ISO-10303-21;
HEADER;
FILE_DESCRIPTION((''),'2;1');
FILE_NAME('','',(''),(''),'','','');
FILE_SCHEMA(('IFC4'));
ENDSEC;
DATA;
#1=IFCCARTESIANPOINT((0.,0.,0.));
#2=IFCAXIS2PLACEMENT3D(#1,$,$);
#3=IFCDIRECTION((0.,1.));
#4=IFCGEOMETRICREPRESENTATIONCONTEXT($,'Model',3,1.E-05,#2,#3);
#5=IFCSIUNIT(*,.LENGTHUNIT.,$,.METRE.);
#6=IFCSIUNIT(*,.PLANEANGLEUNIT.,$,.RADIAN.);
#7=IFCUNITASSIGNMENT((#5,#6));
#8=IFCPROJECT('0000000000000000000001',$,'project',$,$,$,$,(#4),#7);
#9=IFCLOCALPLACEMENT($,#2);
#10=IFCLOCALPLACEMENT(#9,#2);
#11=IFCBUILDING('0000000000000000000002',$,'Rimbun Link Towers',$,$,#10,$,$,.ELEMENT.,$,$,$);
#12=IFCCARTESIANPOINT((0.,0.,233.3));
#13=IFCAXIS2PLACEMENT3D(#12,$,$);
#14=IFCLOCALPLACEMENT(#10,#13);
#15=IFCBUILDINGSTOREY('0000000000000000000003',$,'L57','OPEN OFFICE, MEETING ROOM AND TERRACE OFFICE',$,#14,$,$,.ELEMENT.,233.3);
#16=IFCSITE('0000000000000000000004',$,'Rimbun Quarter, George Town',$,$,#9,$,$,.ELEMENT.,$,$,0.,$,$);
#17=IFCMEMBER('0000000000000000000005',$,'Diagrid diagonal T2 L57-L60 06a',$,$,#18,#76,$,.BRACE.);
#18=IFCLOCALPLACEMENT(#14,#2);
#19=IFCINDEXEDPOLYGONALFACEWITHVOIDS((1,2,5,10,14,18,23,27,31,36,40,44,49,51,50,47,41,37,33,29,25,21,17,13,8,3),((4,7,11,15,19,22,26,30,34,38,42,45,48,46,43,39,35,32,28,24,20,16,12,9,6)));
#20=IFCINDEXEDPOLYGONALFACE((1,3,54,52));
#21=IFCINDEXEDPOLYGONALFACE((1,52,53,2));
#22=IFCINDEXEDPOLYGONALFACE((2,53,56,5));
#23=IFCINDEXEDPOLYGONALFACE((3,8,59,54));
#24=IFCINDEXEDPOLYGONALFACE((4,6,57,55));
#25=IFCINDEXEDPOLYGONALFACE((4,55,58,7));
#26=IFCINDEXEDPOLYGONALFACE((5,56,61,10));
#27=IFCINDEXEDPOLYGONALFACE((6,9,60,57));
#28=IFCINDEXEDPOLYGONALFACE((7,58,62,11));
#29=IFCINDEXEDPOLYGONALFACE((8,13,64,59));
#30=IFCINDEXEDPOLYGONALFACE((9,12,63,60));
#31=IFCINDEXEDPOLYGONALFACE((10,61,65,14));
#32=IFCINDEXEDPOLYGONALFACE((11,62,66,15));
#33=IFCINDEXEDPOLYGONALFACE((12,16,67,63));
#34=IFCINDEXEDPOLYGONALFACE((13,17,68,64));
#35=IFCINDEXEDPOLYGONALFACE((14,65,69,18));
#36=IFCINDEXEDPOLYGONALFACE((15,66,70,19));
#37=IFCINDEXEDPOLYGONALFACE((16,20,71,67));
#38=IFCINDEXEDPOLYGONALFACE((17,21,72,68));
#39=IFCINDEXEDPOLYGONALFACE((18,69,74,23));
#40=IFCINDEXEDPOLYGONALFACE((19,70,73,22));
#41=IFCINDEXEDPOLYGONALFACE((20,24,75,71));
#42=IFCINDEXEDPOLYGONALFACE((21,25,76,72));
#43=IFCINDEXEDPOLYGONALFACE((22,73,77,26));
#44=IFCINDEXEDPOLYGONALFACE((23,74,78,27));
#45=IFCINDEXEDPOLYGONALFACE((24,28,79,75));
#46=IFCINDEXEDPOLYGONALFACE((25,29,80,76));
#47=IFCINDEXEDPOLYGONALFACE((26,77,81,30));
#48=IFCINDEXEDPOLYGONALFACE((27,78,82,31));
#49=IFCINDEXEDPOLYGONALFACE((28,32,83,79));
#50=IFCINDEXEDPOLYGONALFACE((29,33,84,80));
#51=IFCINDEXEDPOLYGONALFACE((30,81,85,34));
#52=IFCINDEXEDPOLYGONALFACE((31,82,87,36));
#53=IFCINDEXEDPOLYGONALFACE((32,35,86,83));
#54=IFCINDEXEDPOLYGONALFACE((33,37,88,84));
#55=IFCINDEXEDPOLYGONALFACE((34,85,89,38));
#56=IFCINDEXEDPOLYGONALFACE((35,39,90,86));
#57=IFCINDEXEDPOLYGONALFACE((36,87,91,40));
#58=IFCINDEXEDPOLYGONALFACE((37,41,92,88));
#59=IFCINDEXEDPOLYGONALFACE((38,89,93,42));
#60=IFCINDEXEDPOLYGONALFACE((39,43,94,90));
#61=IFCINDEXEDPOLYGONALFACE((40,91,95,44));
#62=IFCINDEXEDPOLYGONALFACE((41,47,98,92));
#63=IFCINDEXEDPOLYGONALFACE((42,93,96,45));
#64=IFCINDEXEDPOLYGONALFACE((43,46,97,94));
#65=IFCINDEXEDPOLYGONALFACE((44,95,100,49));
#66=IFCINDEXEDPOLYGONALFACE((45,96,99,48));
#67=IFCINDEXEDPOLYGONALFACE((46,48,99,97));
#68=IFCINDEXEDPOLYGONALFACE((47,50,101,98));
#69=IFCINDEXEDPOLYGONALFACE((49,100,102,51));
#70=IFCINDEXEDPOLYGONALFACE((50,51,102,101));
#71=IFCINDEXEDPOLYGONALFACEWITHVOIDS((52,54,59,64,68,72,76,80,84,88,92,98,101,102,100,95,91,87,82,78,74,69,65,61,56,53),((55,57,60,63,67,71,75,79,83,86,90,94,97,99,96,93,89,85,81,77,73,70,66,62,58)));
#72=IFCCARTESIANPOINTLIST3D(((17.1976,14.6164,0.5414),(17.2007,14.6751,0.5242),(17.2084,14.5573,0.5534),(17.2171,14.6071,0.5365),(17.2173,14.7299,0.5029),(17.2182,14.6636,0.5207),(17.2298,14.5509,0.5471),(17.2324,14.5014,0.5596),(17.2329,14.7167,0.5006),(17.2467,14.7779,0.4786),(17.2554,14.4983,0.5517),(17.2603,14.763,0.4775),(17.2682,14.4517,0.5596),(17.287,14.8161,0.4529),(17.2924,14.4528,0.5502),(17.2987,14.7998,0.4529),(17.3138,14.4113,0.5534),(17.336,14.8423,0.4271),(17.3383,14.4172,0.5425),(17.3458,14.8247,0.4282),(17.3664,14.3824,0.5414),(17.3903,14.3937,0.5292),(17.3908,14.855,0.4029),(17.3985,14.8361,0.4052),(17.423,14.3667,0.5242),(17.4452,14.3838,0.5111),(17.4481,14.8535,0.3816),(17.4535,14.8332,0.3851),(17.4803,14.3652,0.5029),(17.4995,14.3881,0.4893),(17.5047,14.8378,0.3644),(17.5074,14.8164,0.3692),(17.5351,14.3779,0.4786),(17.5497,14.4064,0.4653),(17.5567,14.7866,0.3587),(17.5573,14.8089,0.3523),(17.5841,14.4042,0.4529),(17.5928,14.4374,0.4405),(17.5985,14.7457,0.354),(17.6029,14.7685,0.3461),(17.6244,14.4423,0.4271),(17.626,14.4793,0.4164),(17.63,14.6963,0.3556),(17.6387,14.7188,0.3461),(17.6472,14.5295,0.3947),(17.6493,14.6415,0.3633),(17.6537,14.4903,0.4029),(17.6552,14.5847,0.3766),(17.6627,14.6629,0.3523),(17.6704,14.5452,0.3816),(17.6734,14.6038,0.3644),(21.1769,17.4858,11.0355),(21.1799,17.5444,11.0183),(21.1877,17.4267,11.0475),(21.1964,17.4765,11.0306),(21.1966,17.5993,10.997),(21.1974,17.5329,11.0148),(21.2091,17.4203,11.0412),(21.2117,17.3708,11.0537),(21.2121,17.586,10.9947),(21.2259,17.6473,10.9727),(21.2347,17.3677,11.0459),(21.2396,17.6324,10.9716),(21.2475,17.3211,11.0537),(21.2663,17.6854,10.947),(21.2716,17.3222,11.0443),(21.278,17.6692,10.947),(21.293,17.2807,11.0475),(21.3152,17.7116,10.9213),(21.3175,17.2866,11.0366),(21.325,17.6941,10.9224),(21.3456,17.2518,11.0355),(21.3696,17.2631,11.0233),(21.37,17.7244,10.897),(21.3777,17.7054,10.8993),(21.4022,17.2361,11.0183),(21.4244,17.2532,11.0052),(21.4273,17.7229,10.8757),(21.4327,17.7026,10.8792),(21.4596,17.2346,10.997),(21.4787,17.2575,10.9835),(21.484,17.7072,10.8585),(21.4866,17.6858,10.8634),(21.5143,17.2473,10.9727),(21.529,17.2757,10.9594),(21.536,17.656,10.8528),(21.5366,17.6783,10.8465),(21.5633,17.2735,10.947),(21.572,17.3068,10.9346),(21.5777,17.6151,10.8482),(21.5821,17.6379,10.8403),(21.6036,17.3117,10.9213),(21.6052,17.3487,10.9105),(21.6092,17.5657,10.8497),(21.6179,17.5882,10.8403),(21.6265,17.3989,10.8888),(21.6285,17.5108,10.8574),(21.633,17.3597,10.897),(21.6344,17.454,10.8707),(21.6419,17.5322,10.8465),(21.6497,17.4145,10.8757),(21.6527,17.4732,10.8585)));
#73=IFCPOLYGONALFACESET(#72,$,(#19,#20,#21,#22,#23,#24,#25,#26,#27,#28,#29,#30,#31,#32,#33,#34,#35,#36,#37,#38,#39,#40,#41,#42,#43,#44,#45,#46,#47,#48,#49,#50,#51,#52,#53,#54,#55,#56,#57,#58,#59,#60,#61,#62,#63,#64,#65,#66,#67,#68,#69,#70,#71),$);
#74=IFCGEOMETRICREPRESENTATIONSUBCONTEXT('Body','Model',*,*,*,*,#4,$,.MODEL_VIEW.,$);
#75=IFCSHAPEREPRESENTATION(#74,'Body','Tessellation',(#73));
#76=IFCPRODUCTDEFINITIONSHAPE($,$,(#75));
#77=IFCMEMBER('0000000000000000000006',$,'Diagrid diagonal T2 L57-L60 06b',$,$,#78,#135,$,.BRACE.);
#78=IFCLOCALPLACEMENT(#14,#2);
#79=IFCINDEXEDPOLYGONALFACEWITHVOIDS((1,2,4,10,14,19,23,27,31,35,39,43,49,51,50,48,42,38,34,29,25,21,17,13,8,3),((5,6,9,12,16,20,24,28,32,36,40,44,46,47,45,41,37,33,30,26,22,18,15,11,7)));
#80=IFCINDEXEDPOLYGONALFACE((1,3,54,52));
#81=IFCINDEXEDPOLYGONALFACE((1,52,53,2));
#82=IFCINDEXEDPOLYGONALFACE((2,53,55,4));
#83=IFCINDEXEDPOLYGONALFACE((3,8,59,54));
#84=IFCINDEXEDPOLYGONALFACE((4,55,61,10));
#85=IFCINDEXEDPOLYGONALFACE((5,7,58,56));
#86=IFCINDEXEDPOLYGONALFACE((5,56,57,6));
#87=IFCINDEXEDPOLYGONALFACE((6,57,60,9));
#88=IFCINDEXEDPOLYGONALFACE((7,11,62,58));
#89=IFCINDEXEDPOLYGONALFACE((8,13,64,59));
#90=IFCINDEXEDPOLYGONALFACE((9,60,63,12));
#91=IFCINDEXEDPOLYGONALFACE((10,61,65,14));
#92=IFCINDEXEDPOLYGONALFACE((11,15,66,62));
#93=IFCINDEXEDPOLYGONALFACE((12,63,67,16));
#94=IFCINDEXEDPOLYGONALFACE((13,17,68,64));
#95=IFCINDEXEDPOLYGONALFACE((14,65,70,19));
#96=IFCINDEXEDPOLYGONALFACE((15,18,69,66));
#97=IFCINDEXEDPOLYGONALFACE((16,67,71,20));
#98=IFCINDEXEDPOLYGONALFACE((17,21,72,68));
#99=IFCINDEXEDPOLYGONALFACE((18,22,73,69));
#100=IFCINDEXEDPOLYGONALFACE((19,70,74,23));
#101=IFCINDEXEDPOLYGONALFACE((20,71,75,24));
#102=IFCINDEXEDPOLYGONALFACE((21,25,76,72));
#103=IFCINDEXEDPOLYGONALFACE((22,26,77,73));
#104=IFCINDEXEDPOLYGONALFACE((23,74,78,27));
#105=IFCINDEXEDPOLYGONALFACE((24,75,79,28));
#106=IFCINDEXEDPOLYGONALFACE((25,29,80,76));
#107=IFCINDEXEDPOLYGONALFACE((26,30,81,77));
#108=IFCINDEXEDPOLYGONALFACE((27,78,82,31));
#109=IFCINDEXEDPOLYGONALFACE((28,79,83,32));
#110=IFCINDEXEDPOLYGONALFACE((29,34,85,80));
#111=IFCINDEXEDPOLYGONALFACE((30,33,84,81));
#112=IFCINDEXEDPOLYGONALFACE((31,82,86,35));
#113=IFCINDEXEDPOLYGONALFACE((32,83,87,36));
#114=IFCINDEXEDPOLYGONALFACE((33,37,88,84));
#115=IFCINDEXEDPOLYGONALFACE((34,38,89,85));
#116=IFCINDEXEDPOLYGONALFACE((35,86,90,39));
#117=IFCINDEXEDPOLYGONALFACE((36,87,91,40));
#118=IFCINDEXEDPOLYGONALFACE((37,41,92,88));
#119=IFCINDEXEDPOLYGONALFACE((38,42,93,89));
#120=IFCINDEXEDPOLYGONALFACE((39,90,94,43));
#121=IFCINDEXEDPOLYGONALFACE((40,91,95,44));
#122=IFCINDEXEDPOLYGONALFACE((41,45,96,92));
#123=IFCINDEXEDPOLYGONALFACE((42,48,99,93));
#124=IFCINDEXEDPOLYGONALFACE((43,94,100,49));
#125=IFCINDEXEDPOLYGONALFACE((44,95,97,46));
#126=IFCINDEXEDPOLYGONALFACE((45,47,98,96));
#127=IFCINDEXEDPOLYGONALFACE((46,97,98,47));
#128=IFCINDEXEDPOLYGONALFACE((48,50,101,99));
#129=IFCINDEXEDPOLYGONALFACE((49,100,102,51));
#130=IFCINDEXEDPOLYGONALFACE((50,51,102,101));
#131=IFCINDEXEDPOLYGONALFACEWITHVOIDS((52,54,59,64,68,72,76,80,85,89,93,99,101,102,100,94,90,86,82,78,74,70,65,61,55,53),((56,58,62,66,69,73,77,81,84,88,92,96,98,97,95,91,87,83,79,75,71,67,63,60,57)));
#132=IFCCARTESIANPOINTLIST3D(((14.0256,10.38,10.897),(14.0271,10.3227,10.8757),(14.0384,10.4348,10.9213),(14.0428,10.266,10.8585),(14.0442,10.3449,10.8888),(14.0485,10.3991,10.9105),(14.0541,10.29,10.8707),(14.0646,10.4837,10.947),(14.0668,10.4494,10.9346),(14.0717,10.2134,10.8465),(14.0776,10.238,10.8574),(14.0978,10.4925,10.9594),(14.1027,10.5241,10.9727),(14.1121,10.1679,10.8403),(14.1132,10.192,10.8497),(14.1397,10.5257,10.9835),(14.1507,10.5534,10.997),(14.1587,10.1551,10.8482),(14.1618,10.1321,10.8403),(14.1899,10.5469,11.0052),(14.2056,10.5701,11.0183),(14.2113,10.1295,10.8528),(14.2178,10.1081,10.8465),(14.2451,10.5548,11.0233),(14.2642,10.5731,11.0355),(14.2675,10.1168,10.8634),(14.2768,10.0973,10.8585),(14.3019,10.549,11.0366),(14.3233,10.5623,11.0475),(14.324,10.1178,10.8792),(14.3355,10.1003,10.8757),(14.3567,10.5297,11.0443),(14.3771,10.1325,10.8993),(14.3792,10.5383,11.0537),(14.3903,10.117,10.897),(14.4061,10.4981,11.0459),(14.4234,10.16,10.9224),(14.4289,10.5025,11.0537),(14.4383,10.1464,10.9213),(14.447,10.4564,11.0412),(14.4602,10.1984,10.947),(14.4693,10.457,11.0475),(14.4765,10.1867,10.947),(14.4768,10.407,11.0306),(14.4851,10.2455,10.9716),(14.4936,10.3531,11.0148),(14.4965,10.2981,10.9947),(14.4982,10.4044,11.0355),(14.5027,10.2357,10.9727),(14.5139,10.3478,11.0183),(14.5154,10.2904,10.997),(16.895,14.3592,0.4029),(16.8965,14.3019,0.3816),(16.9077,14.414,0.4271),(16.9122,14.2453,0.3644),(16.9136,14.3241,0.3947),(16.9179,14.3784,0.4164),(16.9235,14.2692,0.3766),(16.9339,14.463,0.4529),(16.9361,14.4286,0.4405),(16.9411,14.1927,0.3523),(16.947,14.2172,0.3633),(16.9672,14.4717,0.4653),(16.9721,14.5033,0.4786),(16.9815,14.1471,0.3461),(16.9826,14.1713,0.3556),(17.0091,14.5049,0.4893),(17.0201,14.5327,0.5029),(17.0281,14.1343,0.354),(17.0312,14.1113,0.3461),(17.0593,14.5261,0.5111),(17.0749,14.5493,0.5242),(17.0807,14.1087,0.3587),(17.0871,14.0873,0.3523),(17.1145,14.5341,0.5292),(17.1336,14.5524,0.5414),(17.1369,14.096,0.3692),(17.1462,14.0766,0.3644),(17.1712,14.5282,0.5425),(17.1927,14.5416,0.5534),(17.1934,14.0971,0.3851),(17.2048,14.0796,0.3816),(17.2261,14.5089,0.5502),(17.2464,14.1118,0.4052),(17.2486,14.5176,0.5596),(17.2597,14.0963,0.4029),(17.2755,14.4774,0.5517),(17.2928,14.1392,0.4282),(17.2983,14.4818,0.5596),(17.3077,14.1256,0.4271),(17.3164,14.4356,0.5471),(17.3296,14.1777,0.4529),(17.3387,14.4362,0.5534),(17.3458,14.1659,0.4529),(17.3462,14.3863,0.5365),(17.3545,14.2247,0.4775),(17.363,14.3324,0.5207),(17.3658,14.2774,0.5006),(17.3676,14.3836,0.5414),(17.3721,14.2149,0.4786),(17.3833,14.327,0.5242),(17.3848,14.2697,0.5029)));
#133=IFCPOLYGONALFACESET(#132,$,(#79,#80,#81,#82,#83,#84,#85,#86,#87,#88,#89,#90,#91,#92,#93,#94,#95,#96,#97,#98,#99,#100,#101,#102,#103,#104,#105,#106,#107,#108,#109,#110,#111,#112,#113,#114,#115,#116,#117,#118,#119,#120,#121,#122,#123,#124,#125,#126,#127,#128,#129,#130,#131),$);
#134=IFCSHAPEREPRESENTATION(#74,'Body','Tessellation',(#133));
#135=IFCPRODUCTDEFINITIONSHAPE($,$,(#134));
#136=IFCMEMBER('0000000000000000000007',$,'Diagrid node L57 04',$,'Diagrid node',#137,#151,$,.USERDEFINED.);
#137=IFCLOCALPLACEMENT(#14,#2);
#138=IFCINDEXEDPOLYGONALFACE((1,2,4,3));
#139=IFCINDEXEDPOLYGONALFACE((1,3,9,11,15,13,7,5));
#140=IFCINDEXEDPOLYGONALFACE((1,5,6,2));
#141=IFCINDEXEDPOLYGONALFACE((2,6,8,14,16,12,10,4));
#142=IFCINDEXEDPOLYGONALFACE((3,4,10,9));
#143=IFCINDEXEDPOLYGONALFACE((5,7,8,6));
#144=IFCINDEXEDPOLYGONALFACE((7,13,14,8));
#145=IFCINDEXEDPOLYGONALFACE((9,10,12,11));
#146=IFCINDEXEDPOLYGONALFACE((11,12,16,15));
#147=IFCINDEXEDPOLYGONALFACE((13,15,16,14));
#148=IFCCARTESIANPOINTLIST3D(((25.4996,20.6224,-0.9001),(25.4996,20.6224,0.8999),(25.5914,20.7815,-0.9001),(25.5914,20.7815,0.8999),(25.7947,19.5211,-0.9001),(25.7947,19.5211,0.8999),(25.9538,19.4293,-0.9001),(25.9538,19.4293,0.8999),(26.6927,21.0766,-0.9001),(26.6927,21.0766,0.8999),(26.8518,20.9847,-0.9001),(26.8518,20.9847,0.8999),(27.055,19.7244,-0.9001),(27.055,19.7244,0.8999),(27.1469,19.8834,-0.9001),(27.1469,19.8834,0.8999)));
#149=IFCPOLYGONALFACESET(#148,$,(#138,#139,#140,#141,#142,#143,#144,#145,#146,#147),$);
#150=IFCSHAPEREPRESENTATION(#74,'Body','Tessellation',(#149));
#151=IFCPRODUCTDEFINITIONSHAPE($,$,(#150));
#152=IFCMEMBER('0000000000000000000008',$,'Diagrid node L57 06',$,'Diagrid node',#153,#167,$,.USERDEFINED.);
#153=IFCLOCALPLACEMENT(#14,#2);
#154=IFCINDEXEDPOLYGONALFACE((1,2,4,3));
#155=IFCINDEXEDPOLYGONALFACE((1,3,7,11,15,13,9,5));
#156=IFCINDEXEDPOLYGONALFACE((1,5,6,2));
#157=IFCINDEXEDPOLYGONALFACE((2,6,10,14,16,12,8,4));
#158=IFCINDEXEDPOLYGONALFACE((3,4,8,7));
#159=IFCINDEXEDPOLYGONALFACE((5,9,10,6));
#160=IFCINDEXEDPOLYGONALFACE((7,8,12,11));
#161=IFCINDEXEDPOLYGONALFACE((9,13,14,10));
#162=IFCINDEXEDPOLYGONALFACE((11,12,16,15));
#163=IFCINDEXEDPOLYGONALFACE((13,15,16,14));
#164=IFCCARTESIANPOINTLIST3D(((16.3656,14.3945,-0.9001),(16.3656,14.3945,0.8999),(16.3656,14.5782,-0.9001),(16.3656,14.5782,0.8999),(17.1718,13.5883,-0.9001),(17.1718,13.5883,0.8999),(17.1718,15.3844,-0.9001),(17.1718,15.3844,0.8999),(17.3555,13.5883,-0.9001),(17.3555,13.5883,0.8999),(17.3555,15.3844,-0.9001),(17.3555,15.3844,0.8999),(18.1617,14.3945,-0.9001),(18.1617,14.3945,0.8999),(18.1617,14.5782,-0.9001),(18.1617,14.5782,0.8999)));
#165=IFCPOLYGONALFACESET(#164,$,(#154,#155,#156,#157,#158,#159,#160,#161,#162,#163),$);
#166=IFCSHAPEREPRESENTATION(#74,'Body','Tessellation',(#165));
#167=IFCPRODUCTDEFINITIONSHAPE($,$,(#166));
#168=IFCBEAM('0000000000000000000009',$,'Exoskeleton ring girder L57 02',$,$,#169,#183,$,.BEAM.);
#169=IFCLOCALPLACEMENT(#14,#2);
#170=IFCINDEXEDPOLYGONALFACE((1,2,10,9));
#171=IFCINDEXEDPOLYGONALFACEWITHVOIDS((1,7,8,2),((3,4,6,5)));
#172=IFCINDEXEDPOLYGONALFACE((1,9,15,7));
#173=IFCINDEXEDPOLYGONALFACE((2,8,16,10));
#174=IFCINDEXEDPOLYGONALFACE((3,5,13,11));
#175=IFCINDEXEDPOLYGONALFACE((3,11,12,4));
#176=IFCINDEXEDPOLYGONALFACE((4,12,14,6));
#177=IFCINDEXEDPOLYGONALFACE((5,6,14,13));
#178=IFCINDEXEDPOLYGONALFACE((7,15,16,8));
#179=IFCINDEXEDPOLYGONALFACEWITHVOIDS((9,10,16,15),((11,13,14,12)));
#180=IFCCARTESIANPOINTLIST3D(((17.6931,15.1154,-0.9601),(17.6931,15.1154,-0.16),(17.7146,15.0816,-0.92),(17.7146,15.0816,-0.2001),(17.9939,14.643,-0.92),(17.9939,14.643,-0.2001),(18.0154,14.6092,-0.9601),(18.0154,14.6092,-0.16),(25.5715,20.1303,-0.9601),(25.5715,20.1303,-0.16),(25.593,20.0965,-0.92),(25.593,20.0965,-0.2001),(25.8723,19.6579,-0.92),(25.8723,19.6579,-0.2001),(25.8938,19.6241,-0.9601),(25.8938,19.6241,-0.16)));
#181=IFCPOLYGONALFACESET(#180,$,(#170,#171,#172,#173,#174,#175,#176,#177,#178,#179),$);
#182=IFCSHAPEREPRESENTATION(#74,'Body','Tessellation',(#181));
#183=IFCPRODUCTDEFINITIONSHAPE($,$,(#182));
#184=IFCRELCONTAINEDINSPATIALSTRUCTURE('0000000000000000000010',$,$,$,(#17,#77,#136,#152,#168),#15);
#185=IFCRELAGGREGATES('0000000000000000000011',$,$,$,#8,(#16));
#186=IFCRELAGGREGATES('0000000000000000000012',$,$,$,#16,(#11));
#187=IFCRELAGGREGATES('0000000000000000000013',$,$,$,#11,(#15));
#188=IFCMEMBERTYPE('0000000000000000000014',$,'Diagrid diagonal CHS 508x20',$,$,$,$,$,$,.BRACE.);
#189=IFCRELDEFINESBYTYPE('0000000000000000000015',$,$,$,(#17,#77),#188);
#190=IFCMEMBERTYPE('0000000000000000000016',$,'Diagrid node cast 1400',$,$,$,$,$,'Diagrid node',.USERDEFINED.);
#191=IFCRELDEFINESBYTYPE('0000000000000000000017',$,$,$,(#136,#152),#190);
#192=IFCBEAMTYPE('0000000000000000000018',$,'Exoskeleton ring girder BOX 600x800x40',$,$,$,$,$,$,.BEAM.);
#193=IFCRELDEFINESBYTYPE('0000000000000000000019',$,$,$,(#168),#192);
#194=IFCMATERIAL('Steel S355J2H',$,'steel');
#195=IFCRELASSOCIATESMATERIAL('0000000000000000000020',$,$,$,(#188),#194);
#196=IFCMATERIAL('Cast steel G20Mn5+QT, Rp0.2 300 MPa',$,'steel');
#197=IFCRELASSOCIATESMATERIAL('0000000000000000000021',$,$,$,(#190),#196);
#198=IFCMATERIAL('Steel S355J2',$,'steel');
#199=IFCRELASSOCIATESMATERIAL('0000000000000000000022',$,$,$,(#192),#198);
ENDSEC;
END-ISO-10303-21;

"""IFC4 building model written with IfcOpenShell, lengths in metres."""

from ifc_helpers import new_model, si_unit, direction, frame, origin, origin_2d, place, context, subcontext, project, spatial, polyline, hollow_rectangle, hollow_circle, outline, extrude, material, material_profile, profile_set, type_object, element, save


model = new_model("IFC4")

# Units and contexts
model_context = context("Model", 3, precision=1e-05, world=origin(), true_north=direction((0.0, 1.0)))
body_context = subcontext(model_context, "Body", "Model", "MODEL_VIEW")
ifc_project = project(units=[si_unit("LENGTHUNIT", "METRE"), si_unit("PLANEANGLEUNIT", "RADIAN")], contexts=[model_context])

# Site, building, storey
site_placement = place(None, origin())
site = spatial("IfcSite", under=ifc_project, at=site_placement, Name="Rimbun Quarter, George Town", CompositionType="ELEMENT", RefElevation=0.0)
building_placement = place(site_placement, origin())
building = spatial("IfcBuilding", under=site, at=building_placement, Name="Rimbun Link Towers", CompositionType="ELEMENT")
storey_placement = place(building_placement, frame((0.0, 0.0, 233.3)))
storey = spatial("IfcBuildingStorey", under=building, at=storey_placement, Name="L57", Description="OPEN OFFICE, MEETING ROOM AND TERRACE OFFICE", CompositionType="ELEMENT", Elevation=233.3)

# Members
ifc_material_1 = material(Name="Steel S355J2H", Category="steel")
ifc_material_profile_1 = material_profile(ifc_material_1, hollow_circle(Radius=0.2539, WallThickness=0.02, at=origin_2d()), Name="Diagrid diagonal CHS 508x20")
ifc_profile_set_1 = profile_set([ifc_material_profile_1], Name="Steel S355J2H")
member_type_1 = type_object("IfcMemberType", Name="Diagrid diagonal CHS 508x20", PredefinedType="BRACE", material=ifc_profile_set_1)
for number, where, z_axis, x_axis, name in (
    (1, (17.4355, 14.6101, 0.4529), (0.343505, 0.247697, 0.905898), (-0.584885, 0.811116, 0.0), "Diagrid diagonal T2 L57-L60 06a"),
    (2, (17.1399, 14.3145, 0.4529), (-0.247697, -0.343505, 0.905898), (0.811116, -0.584885, 0.0), "Diagrid diagonal T2 L57-L60 06b"),
):
    element("IfcMember", number, at=place(storey_placement, frame(where, z_axis=z_axis, x_axis=x_axis)), inside=storey, type_object=member_type_1, Name=name, PredefinedType="BRACE", context=body_context, shape_type="SweptSolid", body=[
        extrude(hollow_circle(Radius=0.2539, WallThickness=0.02, at=origin_2d()), origin(), (0.0, 0.0, 1.0), 11.5842),
    ])
ifc_material_2 = material(Name="Cast steel G20Mn5+QT, Rp0.2 300 MPa", Category="steel")
ifc_material_profile_2 = material_profile(ifc_material_2, outline(polyline([(0.7, -0.5701), (0.7, 0.5701), (0.5701, 0.7), (-0.5701, 0.7), (-0.7, 0.5701), (-0.7, -0.5701), (-0.5701, -0.7), (0.5701, -0.7), (0.7, -0.5701)])), Name="NODE 1400x1400")
ifc_profile_set_2 = profile_set([ifc_material_profile_2], Name="Cast steel G20Mn5+QT, Rp0.2 300 MPa")
member_type_2 = type_object("IfcMemberType", Name="Diagrid node cast 1400", ElementType="Diagrid node", PredefinedType="USERDEFINED", material=ifc_profile_set_2)
for number, where, z_axis, x_axis, name in (
    (3, (26.3232, 20.2529, -0.9001), (0.0, 0.0, 1.0), (-0.258819, 0.965926, 0.0), "Diagrid node L57 04"),
    (4, (17.2637, 14.4863, -0.9001), (0.0, 0.0, 1.0), (-0.707107, 0.707107, 0.0), "Diagrid node L57 06"),
):
    element("IfcMember", number, at=place(storey_placement, frame(where, z_axis=z_axis, x_axis=x_axis)), inside=storey, type_object=member_type_2, Name=name, ObjectType="Diagrid node", PredefinedType="USERDEFINED", context=body_context, shape_type="SweptSolid", body=[
        extrude(outline(polyline([(0.7, -0.5701), (0.7, 0.5701), (0.5701, 0.7), (-0.5701, 0.7), (-0.7, 0.5701), (-0.7, -0.5701), (-0.5701, -0.7), (0.5701, -0.7), (0.7, -0.5701)])), origin(), (0.0, 0.0, 1.0), 1.8),
    ])

# Beam
ifc_material_3 = material(Name="Steel S355J2", Category="steel")
ifc_material_profile_3 = material_profile(ifc_material_3, hollow_rectangle(XDim=0.6001, YDim=0.8, WallThickness=0.04, at=origin_2d()), Name="Exoskeleton ring girder BOX 600x800x40")
ifc_profile_set_3 = profile_set([ifc_material_profile_3], Name="Steel S355J2")
beam_type_1 = type_object("IfcBeamType", Name="Exoskeleton ring girder BOX 600x800x40", PredefinedType="BEAM", material=ifc_profile_set_3)
beam_1_placement = place(storey_placement, frame((25.7327, 19.8772, -0.5601), z_axis=(-0.843596, -0.536979, 0.0), x_axis=(0.536979, -0.843596, 0.0)))
element("IfcBeam", 5, at=beam_1_placement, inside=storey, type_object=beam_type_1, Name="Exoskeleton ring girder L57 02", PredefinedType="BEAM", context=body_context, shape_type="SweptSolid", body=[
    extrude(hollow_rectangle(XDim=0.6001, YDim=0.8, WallThickness=0.04, at=origin_2d()), origin(), (0.0, 0.0, 1.0), 9.3391),
])

save(model, "model.ifc")
